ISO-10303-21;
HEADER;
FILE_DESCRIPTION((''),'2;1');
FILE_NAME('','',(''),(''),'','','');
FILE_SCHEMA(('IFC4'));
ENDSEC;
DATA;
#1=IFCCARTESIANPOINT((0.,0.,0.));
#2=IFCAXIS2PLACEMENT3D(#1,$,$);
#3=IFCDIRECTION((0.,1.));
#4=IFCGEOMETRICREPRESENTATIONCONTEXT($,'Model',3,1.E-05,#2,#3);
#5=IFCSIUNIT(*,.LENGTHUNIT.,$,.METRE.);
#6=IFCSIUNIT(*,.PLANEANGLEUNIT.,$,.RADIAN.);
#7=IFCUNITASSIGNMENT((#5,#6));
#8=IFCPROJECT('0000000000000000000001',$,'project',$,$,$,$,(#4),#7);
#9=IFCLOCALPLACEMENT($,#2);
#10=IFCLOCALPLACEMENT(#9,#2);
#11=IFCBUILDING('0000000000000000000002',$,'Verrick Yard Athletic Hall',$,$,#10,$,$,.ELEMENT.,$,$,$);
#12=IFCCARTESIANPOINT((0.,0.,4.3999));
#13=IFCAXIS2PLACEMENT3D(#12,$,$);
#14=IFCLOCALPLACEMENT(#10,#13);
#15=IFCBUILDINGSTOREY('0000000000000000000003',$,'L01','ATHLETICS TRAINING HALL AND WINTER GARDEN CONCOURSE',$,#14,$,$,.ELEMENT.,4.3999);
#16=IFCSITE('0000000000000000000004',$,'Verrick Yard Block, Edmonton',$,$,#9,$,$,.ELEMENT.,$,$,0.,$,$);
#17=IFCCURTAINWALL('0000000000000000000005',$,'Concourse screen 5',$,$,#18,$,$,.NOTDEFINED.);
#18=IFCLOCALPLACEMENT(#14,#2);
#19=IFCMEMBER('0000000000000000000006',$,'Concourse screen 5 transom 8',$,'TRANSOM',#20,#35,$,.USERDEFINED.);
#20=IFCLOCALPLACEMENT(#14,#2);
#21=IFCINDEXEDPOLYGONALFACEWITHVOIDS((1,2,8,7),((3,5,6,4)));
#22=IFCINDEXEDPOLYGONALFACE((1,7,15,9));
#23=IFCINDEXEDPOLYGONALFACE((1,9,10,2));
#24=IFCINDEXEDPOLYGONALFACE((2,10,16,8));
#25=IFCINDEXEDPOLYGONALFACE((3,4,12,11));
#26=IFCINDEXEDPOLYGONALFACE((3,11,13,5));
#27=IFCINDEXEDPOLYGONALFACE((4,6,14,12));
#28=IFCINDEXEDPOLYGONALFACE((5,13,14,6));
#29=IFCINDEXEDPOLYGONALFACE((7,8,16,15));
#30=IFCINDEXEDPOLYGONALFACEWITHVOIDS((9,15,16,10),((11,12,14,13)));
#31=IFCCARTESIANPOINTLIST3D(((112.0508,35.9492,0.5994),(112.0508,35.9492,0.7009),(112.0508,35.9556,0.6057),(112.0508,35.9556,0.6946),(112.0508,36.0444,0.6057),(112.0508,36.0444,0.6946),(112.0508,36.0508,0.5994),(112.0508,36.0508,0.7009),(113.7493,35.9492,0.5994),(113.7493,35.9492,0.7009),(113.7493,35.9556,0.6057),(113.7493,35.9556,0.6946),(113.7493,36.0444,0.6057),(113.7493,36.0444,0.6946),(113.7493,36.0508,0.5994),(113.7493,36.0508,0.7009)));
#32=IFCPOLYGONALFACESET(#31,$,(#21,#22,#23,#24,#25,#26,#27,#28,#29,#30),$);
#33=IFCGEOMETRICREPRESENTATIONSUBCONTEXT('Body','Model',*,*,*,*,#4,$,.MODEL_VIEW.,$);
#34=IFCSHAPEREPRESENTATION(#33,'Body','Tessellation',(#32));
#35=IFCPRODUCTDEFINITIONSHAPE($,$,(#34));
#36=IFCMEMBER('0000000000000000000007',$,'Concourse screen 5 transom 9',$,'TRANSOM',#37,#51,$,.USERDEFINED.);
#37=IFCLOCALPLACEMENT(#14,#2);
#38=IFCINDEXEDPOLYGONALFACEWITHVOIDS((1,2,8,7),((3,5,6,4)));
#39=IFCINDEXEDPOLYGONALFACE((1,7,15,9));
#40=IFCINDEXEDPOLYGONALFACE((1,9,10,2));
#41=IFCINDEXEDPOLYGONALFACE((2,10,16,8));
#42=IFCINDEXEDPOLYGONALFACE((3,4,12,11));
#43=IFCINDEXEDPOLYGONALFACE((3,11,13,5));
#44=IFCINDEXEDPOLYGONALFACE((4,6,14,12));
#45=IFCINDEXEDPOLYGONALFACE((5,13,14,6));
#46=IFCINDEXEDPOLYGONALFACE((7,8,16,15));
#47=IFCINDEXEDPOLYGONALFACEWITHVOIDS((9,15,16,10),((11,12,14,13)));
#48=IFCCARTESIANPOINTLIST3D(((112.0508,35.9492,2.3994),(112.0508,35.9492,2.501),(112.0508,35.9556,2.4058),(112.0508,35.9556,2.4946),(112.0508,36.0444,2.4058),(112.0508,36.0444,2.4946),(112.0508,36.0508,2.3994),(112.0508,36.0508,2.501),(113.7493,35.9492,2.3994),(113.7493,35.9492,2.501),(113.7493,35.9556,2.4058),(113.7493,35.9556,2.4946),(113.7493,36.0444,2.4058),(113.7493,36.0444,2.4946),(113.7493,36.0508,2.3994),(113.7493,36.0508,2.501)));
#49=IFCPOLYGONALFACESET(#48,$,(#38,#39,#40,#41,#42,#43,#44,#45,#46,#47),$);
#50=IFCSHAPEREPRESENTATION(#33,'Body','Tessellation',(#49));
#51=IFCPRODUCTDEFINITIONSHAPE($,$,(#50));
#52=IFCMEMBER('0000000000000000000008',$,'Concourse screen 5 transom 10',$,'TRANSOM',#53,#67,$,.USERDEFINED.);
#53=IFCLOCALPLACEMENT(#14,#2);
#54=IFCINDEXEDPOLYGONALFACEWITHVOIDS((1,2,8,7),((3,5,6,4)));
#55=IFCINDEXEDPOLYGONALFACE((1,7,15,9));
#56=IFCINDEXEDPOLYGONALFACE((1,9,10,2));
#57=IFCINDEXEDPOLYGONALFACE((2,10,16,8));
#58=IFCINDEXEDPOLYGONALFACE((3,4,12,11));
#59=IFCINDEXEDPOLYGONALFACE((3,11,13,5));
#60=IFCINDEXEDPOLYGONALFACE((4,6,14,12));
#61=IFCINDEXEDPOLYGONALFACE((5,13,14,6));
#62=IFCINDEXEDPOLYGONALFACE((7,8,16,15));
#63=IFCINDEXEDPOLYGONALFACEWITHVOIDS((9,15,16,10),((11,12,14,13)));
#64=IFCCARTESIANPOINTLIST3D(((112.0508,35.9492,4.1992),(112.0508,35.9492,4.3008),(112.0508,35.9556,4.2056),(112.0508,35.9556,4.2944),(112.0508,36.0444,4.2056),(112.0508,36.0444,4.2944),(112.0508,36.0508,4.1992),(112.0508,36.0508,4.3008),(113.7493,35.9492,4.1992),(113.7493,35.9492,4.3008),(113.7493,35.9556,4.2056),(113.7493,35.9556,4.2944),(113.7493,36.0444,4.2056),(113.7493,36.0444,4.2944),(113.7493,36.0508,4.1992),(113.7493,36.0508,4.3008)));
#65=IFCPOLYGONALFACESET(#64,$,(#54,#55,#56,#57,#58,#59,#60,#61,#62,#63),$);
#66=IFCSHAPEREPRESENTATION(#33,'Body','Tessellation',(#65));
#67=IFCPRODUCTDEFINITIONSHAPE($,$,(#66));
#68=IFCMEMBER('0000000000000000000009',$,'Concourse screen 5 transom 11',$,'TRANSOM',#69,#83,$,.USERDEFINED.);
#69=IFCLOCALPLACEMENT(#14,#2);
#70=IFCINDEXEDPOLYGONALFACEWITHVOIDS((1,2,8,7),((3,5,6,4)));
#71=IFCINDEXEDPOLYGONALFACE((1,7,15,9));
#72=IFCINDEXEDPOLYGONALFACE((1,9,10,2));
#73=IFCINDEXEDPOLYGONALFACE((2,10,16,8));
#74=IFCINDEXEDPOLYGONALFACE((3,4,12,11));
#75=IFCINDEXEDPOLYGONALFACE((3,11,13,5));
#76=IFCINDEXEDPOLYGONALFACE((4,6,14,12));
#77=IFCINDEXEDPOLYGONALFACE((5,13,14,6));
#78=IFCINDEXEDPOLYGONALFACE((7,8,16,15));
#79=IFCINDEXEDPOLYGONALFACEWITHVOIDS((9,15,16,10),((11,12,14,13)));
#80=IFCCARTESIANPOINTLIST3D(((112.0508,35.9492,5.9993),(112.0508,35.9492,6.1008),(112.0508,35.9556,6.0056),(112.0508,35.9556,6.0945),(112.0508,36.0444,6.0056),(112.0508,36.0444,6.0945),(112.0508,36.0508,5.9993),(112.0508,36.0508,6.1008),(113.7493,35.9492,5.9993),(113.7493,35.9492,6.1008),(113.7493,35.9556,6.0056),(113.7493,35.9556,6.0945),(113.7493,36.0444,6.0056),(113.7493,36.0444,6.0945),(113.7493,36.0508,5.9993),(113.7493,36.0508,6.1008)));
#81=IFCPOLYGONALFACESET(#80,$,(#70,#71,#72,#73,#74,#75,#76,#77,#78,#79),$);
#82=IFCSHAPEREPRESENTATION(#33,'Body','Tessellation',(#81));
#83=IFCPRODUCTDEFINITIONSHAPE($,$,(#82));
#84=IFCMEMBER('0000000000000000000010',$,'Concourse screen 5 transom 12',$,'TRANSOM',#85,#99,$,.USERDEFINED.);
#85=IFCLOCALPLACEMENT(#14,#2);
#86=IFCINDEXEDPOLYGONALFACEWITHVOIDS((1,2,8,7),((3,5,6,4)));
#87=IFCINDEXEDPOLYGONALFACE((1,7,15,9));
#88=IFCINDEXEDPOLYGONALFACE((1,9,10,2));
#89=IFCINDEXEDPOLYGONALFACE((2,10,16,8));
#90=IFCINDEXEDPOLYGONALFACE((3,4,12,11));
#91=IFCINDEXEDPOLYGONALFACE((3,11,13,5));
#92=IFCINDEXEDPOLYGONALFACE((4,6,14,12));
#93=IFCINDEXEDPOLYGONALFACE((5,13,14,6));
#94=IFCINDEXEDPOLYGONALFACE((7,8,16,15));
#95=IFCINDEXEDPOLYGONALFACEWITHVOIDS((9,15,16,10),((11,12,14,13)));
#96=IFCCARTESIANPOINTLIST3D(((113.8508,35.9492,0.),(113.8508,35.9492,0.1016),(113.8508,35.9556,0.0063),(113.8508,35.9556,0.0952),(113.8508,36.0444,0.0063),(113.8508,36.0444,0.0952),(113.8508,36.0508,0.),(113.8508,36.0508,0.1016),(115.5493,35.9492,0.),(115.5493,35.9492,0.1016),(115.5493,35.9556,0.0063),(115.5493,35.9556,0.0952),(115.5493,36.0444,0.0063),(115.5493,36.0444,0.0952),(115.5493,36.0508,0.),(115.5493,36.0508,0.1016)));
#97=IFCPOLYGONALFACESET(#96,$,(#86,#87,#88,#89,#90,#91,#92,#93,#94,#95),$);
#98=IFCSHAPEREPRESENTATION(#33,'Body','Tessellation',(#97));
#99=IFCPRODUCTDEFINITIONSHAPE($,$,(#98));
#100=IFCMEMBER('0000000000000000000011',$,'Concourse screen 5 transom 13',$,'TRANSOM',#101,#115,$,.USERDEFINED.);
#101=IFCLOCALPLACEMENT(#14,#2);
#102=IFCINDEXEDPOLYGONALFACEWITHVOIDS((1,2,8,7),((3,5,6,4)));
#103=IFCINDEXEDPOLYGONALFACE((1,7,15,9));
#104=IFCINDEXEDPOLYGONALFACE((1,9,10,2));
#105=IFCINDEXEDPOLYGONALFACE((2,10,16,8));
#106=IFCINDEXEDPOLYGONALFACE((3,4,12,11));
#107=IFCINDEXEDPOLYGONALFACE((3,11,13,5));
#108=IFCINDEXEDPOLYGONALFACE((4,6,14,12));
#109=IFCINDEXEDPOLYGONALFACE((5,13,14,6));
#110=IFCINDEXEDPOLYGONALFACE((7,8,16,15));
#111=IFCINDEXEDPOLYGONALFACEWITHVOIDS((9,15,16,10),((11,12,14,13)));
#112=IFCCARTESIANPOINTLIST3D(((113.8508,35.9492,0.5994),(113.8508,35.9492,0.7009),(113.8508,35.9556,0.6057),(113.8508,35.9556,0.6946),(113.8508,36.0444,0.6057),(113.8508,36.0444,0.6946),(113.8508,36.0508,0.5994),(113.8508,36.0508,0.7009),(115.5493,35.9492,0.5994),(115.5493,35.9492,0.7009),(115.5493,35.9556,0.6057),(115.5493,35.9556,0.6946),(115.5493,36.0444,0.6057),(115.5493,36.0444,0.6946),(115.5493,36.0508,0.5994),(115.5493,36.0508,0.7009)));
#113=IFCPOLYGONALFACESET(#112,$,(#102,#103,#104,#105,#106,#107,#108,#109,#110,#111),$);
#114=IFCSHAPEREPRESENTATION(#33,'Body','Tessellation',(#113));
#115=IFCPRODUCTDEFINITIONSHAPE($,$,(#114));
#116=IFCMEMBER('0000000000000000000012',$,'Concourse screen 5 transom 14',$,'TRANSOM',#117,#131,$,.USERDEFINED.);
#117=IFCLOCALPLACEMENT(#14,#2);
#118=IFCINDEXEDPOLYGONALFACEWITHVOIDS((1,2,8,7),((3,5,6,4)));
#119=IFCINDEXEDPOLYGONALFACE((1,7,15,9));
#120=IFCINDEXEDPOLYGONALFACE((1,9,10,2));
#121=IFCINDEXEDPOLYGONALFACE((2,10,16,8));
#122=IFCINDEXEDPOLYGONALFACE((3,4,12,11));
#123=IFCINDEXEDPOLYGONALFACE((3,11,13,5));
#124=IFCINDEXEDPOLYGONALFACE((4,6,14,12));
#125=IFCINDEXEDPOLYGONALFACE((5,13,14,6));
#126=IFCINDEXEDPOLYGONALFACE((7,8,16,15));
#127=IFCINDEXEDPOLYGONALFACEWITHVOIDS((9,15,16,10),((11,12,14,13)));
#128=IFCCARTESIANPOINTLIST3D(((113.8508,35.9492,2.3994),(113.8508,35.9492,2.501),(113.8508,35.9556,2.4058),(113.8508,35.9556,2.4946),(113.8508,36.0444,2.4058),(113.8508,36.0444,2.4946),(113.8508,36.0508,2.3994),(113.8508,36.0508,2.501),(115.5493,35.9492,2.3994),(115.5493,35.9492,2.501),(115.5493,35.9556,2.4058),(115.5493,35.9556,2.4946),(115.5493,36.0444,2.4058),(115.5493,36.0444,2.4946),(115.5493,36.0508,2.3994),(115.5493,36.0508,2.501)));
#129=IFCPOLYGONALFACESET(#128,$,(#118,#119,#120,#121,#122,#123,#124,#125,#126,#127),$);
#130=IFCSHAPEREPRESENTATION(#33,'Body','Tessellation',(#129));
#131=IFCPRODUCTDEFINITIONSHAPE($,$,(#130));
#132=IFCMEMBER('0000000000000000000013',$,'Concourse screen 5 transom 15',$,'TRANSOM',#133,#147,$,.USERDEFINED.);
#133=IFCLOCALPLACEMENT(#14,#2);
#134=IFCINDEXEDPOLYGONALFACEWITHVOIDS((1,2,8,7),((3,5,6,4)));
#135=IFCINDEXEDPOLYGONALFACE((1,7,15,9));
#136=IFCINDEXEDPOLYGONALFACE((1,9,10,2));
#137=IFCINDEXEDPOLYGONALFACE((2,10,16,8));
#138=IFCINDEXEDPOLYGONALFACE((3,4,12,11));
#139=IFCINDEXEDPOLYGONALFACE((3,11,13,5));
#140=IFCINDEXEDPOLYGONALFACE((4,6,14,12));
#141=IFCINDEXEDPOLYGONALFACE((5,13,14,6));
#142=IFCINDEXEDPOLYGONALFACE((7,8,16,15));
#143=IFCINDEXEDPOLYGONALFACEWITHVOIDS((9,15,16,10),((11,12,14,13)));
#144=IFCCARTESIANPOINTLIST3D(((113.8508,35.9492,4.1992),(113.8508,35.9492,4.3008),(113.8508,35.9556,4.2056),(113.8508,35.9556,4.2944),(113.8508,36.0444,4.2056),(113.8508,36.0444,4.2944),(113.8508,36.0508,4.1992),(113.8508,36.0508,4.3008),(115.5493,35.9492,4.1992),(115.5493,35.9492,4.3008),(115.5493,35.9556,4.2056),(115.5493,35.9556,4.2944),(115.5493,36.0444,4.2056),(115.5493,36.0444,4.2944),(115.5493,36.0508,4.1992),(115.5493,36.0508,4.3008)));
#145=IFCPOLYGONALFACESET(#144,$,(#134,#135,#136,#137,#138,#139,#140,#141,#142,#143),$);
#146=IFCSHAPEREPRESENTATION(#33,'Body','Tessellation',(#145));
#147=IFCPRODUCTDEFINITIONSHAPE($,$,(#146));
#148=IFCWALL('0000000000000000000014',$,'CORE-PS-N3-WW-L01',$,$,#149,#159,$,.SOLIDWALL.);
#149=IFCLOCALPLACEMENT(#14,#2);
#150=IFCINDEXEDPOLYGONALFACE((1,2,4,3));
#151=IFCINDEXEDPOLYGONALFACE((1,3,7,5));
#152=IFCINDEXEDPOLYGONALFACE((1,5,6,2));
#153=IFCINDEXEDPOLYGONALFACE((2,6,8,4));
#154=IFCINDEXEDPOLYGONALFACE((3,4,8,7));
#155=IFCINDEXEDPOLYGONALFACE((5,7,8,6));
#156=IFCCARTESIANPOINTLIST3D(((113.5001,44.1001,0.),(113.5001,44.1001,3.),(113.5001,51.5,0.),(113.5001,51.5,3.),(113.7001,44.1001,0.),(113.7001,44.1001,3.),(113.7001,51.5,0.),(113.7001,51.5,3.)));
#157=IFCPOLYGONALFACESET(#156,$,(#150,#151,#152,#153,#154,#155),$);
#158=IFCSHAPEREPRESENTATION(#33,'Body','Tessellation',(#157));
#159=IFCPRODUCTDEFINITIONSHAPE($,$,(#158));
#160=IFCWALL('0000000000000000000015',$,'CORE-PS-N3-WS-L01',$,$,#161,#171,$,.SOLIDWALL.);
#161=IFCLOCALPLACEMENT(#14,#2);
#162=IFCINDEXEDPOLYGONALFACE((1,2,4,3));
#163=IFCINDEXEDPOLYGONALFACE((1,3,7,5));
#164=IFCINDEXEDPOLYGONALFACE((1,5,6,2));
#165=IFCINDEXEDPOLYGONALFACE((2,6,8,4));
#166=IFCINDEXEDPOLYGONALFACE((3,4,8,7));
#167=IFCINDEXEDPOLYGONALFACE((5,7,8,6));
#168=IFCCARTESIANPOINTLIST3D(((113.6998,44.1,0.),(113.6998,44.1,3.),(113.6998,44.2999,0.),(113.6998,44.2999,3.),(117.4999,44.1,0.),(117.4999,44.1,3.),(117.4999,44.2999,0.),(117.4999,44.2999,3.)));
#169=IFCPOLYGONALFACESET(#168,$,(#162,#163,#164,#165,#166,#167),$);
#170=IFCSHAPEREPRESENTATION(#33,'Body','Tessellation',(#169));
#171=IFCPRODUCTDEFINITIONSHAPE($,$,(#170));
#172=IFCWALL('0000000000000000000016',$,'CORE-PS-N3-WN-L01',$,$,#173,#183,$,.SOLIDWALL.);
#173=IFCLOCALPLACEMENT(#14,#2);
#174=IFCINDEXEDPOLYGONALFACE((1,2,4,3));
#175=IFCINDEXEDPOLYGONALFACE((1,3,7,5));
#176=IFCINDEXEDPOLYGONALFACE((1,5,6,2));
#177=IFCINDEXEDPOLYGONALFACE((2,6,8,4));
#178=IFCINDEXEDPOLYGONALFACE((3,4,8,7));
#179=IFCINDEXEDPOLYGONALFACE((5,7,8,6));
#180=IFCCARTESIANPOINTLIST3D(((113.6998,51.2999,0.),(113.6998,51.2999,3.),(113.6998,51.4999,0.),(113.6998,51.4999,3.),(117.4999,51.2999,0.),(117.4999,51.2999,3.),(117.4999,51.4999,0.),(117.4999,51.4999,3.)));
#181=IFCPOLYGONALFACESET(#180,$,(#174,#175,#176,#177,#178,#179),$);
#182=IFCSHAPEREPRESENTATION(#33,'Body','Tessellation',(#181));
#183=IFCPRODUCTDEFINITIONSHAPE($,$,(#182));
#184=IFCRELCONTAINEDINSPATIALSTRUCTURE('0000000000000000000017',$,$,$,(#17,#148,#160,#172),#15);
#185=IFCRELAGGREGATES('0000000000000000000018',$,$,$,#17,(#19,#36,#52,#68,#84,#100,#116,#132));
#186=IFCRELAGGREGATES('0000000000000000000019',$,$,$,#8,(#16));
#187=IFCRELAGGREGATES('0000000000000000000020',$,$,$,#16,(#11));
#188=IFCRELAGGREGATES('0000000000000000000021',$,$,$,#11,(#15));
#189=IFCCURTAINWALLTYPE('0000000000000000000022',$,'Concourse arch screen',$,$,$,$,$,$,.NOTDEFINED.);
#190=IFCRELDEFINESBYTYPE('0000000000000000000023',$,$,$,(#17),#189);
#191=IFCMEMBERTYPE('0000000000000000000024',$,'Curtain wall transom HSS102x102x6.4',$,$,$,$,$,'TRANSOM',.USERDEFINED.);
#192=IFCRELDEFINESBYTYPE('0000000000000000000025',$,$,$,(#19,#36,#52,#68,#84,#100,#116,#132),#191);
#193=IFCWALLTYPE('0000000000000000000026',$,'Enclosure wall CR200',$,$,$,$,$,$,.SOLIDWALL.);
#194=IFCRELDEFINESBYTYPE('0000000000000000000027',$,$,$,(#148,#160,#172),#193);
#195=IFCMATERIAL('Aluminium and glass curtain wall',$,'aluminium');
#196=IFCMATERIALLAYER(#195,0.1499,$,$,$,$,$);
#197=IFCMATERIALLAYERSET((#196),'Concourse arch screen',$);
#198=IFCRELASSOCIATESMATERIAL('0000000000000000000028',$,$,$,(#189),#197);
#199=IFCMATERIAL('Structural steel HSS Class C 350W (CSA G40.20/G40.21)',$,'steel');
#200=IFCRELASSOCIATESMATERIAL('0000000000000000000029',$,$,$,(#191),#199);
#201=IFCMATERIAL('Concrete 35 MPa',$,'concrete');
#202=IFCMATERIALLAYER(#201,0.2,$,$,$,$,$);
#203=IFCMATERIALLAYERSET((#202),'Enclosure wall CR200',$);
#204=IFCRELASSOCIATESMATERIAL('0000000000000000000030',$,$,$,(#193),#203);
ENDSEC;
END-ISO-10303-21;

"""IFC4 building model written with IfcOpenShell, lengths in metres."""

from ifc_helpers import new_model, si_unit, direction, frame, frame_2d, origin, origin_2d, place, context, subcontext, project, spatial, rectangle, hollow_rectangle, extrude, material, layer, layer_set, material_profile, profile_set, type_object, element, aggregate, save


model = new_model("IFC4")

# Units and contexts
model_context = context("Model", 3, precision=1e-05, world=origin(), true_north=direction((0.0, 1.0)))
body_context = subcontext(model_context, "Body", "Model", "MODEL_VIEW")
ifc_project = project(units=[si_unit("LENGTHUNIT", "METRE"), si_unit("PLANEANGLEUNIT", "RADIAN")], contexts=[model_context])

# Site, building, storey
site_placement = place(None, origin())
site = spatial("IfcSite", under=ifc_project, at=site_placement, Name="Verrick Yard Block, Edmonton", CompositionType="ELEMENT", RefElevation=0.0)
building_placement = place(site_placement, origin())
building = spatial("IfcBuilding", under=site, at=building_placement, Name="Verrick Yard Athletic Hall", CompositionType="ELEMENT")
storey_placement = place(building_placement, frame((0.0, 0.0, 4.3999)))
storey = spatial("IfcBuildingStorey", under=building, at=storey_placement, Name="L01", Description="ATHLETICS TRAINING HALL AND WINTER GARDEN CONCOURSE", CompositionType="ELEMENT", Elevation=4.3999)

# Curtain wall, members
ifc_material_1 = material(Name="Aluminium and glass curtain wall", Category="aluminium")
ifc_layer_1 = layer(ifc_material_1, 0.1499)
ifc_layer_set_1 = layer_set([ifc_layer_1], Name="Concourse arch screen")
curtain_wall_type = type_object("IfcCurtainWallType", Name="Concourse arch screen", PredefinedType="NOTDEFINED", material=ifc_layer_set_1)
curtain_wall_placement = place(storey_placement, origin())
curtain_wall = element("IfcCurtainWall", 1, at=curtain_wall_placement, inside=storey, type_object=curtain_wall_type, Name="Concourse screen 5", PredefinedType="NOTDEFINED")
ifc_material_2 = material(Name="Structural steel HSS Class C 350W (CSA G40.20/G40.21)", Category="steel")
ifc_material_profile_1 = material_profile(ifc_material_2, hollow_rectangle(XDim=0.1016, YDim=0.1016, WallThickness=0.0063, at=origin_2d()), Name="HSS102x102x6.4")
ifc_profile_set_1 = profile_set([ifc_material_profile_1], Name="Structural steel HSS Class C 350W (CSA G40.20/G40.21)")
member_type_1 = type_object("IfcMemberType", Name="Curtain wall transom HSS102x102x6.4", ElementType="TRANSOM", PredefinedType="USERDEFINED", material=ifc_profile_set_1)
member_1_placement = place(storey_placement, frame((112.0508, 36.0, 0.6501), z_axis=(1.0, 0.0, 0.0), x_axis=(0.0, 1.0, 0.0)))
member_1 = element("IfcMember", 2, at=member_1_placement, type_object=member_type_1, Name="Concourse screen 5 transom 8", ObjectType="TRANSOM", PredefinedType="USERDEFINED", context=body_context, shape_type="SweptSolid", body=[
    extrude(hollow_rectangle(XDim=0.1016, YDim=0.1016, WallThickness=0.0063, at=origin_2d()), origin(), (0.0, 0.0, 1.0), 1.6985),
])
member_2_placement = place(storey_placement, frame((112.0508, 36.0, 2.4502), z_axis=(1.0, 0.0, 0.0), x_axis=(0.0, 1.0, 0.0)))
member_2 = element("IfcMember", 3, at=member_2_placement, type_object=member_type_1, Name="Concourse screen 5 transom 9", ObjectType="TRANSOM", PredefinedType="USERDEFINED", context=body_context, shape_type="SweptSolid", body=[
    extrude(hollow_rectangle(XDim=0.1016, YDim=0.1016, WallThickness=0.0063, at=origin_2d()), origin(), (0.0, 0.0, 1.0), 1.6985),
])
member_3_placement = place(storey_placement, frame((112.0508, 36.0, 4.25), z_axis=(1.0, 0.0, 0.0), x_axis=(0.0, 1.0, 0.0)))
member_3 = element("IfcMember", 4, at=member_3_placement, type_object=member_type_1, Name="Concourse screen 5 transom 10", ObjectType="TRANSOM", PredefinedType="USERDEFINED", context=body_context, shape_type="SweptSolid", body=[
    extrude(hollow_rectangle(XDim=0.1016, YDim=0.1016, WallThickness=0.0063, at=origin_2d()), origin(), (0.0, 0.0, 1.0), 1.6985),
])
member_4_placement = place(storey_placement, frame((112.0508, 36.0, 6.05), z_axis=(1.0, 0.0, 0.0), x_axis=(0.0, 1.0, 0.0)))
member_4 = element("IfcMember", 5, at=member_4_placement, type_object=member_type_1, Name="Concourse screen 5 transom 11", ObjectType="TRANSOM", PredefinedType="USERDEFINED", context=body_context, shape_type="SweptSolid", body=[
    extrude(hollow_rectangle(XDim=0.1016, YDim=0.1016, WallThickness=0.0063, at=origin_2d()), origin(), (0.0, 0.0, 1.0), 1.6985),
])
member_5_placement = place(storey_placement, frame((113.8508, 36.0, 0.0508), z_axis=(1.0, 0.0, 0.0), x_axis=(0.0, 1.0, 0.0)))
member_5 = element("IfcMember", 6, at=member_5_placement, type_object=member_type_1, Name="Concourse screen 5 transom 12", ObjectType="TRANSOM", PredefinedType="USERDEFINED", context=body_context, shape_type="SweptSolid", body=[
    extrude(hollow_rectangle(XDim=0.1016, YDim=0.1016, WallThickness=0.0063, at=origin_2d()), origin(), (0.0, 0.0, 1.0), 1.6985),
])
member_6_placement = place(storey_placement, frame((113.8508, 36.0, 0.6501), z_axis=(1.0, 0.0, 0.0), x_axis=(0.0, 1.0, 0.0)))
member_6 = element("IfcMember", 7, at=member_6_placement, type_object=member_type_1, Name="Concourse screen 5 transom 13", ObjectType="TRANSOM", PredefinedType="USERDEFINED", context=body_context, shape_type="SweptSolid", body=[
    extrude(hollow_rectangle(XDim=0.1016, YDim=0.1016, WallThickness=0.0063, at=origin_2d()), origin(), (0.0, 0.0, 1.0), 1.6985),
])
member_7_placement = place(storey_placement, frame((113.8508, 36.0, 2.4502), z_axis=(1.0, 0.0, 0.0), x_axis=(0.0, 1.0, 0.0)))
member_7 = element("IfcMember", 8, at=member_7_placement, type_object=member_type_1, Name="Concourse screen 5 transom 14", ObjectType="TRANSOM", PredefinedType="USERDEFINED", context=body_context, shape_type="SweptSolid", body=[
    extrude(hollow_rectangle(XDim=0.1016, YDim=0.1016, WallThickness=0.0063, at=origin_2d()), origin(), (0.0, 0.0, 1.0), 1.6985),
])
member_8_placement = place(storey_placement, frame((113.8508, 36.0, 4.25), z_axis=(1.0, 0.0, 0.0), x_axis=(0.0, 1.0, 0.0)))
member_8 = element("IfcMember", 9, at=member_8_placement, type_object=member_type_1, Name="Concourse screen 5 transom 15", ObjectType="TRANSOM", PredefinedType="USERDEFINED", context=body_context, shape_type="SweptSolid", body=[
    extrude(hollow_rectangle(XDim=0.1016, YDim=0.1016, WallThickness=0.0063, at=origin_2d()), origin(), (0.0, 0.0, 1.0), 1.6985),
])
aggregate(curtain_wall, [member_1, member_2, member_3, member_4, member_5, member_6, member_7, member_8])

# Walls
ifc_material_3 = material(Name="Concrete 35 MPa", Category="concrete")
ifc_layer_2 = layer(ifc_material_3, 0.2)
ifc_layer_set_2 = layer_set([ifc_layer_2], Name="Enclosure wall CR200")
wall_type = type_object("IfcWallType", Name="Enclosure wall CR200", PredefinedType="SOLIDWALL", material=ifc_layer_set_2)
wall_placement = place(storey_placement, frame((113.6001, 44.1001, 0.0), z_axis=(0.0, 0.0, 1.0), x_axis=(0.0, 1.0, 0.0)))
element("IfcWall", 10, at=wall_placement, inside=storey, type_object=wall_type, Name="CORE-PS-N3-WW-L01", PredefinedType="SOLIDWALL", context=body_context, shape_type="SweptSolid", body=[
    extrude(rectangle(XDim=7.3999, YDim=0.2, at=frame_2d((3.7, 0.0))), origin(), (0.0, 0.0, 1.0), 3.0),
])
for number, where, z_axis, x_axis, name in (
    (11, (113.7, 44.2, 0.0), (0.0, 0.0, 1.0), (1.0, 0.0, 0.0), "CORE-PS-N3-WS-L01"),
    (12, (113.7, 51.3999, 0.0), (0.0, 0.0, 1.0), (1.0, 0.0, 0.0), "CORE-PS-N3-WN-L01"),
):
    element("IfcWall", number, at=place(storey_placement, frame(where, z_axis=z_axis, x_axis=x_axis)), inside=storey, type_object=wall_type, Name=name, PredefinedType="SOLIDWALL", context=body_context, shape_type="SweptSolid", body=[
        extrude(rectangle(XDim=3.8, YDim=0.2, at=frame_2d((1.8999, 0.0))), origin(), (0.0, 0.0, 1.0), 3.0),
    ])

save(model, "model.ifc")
